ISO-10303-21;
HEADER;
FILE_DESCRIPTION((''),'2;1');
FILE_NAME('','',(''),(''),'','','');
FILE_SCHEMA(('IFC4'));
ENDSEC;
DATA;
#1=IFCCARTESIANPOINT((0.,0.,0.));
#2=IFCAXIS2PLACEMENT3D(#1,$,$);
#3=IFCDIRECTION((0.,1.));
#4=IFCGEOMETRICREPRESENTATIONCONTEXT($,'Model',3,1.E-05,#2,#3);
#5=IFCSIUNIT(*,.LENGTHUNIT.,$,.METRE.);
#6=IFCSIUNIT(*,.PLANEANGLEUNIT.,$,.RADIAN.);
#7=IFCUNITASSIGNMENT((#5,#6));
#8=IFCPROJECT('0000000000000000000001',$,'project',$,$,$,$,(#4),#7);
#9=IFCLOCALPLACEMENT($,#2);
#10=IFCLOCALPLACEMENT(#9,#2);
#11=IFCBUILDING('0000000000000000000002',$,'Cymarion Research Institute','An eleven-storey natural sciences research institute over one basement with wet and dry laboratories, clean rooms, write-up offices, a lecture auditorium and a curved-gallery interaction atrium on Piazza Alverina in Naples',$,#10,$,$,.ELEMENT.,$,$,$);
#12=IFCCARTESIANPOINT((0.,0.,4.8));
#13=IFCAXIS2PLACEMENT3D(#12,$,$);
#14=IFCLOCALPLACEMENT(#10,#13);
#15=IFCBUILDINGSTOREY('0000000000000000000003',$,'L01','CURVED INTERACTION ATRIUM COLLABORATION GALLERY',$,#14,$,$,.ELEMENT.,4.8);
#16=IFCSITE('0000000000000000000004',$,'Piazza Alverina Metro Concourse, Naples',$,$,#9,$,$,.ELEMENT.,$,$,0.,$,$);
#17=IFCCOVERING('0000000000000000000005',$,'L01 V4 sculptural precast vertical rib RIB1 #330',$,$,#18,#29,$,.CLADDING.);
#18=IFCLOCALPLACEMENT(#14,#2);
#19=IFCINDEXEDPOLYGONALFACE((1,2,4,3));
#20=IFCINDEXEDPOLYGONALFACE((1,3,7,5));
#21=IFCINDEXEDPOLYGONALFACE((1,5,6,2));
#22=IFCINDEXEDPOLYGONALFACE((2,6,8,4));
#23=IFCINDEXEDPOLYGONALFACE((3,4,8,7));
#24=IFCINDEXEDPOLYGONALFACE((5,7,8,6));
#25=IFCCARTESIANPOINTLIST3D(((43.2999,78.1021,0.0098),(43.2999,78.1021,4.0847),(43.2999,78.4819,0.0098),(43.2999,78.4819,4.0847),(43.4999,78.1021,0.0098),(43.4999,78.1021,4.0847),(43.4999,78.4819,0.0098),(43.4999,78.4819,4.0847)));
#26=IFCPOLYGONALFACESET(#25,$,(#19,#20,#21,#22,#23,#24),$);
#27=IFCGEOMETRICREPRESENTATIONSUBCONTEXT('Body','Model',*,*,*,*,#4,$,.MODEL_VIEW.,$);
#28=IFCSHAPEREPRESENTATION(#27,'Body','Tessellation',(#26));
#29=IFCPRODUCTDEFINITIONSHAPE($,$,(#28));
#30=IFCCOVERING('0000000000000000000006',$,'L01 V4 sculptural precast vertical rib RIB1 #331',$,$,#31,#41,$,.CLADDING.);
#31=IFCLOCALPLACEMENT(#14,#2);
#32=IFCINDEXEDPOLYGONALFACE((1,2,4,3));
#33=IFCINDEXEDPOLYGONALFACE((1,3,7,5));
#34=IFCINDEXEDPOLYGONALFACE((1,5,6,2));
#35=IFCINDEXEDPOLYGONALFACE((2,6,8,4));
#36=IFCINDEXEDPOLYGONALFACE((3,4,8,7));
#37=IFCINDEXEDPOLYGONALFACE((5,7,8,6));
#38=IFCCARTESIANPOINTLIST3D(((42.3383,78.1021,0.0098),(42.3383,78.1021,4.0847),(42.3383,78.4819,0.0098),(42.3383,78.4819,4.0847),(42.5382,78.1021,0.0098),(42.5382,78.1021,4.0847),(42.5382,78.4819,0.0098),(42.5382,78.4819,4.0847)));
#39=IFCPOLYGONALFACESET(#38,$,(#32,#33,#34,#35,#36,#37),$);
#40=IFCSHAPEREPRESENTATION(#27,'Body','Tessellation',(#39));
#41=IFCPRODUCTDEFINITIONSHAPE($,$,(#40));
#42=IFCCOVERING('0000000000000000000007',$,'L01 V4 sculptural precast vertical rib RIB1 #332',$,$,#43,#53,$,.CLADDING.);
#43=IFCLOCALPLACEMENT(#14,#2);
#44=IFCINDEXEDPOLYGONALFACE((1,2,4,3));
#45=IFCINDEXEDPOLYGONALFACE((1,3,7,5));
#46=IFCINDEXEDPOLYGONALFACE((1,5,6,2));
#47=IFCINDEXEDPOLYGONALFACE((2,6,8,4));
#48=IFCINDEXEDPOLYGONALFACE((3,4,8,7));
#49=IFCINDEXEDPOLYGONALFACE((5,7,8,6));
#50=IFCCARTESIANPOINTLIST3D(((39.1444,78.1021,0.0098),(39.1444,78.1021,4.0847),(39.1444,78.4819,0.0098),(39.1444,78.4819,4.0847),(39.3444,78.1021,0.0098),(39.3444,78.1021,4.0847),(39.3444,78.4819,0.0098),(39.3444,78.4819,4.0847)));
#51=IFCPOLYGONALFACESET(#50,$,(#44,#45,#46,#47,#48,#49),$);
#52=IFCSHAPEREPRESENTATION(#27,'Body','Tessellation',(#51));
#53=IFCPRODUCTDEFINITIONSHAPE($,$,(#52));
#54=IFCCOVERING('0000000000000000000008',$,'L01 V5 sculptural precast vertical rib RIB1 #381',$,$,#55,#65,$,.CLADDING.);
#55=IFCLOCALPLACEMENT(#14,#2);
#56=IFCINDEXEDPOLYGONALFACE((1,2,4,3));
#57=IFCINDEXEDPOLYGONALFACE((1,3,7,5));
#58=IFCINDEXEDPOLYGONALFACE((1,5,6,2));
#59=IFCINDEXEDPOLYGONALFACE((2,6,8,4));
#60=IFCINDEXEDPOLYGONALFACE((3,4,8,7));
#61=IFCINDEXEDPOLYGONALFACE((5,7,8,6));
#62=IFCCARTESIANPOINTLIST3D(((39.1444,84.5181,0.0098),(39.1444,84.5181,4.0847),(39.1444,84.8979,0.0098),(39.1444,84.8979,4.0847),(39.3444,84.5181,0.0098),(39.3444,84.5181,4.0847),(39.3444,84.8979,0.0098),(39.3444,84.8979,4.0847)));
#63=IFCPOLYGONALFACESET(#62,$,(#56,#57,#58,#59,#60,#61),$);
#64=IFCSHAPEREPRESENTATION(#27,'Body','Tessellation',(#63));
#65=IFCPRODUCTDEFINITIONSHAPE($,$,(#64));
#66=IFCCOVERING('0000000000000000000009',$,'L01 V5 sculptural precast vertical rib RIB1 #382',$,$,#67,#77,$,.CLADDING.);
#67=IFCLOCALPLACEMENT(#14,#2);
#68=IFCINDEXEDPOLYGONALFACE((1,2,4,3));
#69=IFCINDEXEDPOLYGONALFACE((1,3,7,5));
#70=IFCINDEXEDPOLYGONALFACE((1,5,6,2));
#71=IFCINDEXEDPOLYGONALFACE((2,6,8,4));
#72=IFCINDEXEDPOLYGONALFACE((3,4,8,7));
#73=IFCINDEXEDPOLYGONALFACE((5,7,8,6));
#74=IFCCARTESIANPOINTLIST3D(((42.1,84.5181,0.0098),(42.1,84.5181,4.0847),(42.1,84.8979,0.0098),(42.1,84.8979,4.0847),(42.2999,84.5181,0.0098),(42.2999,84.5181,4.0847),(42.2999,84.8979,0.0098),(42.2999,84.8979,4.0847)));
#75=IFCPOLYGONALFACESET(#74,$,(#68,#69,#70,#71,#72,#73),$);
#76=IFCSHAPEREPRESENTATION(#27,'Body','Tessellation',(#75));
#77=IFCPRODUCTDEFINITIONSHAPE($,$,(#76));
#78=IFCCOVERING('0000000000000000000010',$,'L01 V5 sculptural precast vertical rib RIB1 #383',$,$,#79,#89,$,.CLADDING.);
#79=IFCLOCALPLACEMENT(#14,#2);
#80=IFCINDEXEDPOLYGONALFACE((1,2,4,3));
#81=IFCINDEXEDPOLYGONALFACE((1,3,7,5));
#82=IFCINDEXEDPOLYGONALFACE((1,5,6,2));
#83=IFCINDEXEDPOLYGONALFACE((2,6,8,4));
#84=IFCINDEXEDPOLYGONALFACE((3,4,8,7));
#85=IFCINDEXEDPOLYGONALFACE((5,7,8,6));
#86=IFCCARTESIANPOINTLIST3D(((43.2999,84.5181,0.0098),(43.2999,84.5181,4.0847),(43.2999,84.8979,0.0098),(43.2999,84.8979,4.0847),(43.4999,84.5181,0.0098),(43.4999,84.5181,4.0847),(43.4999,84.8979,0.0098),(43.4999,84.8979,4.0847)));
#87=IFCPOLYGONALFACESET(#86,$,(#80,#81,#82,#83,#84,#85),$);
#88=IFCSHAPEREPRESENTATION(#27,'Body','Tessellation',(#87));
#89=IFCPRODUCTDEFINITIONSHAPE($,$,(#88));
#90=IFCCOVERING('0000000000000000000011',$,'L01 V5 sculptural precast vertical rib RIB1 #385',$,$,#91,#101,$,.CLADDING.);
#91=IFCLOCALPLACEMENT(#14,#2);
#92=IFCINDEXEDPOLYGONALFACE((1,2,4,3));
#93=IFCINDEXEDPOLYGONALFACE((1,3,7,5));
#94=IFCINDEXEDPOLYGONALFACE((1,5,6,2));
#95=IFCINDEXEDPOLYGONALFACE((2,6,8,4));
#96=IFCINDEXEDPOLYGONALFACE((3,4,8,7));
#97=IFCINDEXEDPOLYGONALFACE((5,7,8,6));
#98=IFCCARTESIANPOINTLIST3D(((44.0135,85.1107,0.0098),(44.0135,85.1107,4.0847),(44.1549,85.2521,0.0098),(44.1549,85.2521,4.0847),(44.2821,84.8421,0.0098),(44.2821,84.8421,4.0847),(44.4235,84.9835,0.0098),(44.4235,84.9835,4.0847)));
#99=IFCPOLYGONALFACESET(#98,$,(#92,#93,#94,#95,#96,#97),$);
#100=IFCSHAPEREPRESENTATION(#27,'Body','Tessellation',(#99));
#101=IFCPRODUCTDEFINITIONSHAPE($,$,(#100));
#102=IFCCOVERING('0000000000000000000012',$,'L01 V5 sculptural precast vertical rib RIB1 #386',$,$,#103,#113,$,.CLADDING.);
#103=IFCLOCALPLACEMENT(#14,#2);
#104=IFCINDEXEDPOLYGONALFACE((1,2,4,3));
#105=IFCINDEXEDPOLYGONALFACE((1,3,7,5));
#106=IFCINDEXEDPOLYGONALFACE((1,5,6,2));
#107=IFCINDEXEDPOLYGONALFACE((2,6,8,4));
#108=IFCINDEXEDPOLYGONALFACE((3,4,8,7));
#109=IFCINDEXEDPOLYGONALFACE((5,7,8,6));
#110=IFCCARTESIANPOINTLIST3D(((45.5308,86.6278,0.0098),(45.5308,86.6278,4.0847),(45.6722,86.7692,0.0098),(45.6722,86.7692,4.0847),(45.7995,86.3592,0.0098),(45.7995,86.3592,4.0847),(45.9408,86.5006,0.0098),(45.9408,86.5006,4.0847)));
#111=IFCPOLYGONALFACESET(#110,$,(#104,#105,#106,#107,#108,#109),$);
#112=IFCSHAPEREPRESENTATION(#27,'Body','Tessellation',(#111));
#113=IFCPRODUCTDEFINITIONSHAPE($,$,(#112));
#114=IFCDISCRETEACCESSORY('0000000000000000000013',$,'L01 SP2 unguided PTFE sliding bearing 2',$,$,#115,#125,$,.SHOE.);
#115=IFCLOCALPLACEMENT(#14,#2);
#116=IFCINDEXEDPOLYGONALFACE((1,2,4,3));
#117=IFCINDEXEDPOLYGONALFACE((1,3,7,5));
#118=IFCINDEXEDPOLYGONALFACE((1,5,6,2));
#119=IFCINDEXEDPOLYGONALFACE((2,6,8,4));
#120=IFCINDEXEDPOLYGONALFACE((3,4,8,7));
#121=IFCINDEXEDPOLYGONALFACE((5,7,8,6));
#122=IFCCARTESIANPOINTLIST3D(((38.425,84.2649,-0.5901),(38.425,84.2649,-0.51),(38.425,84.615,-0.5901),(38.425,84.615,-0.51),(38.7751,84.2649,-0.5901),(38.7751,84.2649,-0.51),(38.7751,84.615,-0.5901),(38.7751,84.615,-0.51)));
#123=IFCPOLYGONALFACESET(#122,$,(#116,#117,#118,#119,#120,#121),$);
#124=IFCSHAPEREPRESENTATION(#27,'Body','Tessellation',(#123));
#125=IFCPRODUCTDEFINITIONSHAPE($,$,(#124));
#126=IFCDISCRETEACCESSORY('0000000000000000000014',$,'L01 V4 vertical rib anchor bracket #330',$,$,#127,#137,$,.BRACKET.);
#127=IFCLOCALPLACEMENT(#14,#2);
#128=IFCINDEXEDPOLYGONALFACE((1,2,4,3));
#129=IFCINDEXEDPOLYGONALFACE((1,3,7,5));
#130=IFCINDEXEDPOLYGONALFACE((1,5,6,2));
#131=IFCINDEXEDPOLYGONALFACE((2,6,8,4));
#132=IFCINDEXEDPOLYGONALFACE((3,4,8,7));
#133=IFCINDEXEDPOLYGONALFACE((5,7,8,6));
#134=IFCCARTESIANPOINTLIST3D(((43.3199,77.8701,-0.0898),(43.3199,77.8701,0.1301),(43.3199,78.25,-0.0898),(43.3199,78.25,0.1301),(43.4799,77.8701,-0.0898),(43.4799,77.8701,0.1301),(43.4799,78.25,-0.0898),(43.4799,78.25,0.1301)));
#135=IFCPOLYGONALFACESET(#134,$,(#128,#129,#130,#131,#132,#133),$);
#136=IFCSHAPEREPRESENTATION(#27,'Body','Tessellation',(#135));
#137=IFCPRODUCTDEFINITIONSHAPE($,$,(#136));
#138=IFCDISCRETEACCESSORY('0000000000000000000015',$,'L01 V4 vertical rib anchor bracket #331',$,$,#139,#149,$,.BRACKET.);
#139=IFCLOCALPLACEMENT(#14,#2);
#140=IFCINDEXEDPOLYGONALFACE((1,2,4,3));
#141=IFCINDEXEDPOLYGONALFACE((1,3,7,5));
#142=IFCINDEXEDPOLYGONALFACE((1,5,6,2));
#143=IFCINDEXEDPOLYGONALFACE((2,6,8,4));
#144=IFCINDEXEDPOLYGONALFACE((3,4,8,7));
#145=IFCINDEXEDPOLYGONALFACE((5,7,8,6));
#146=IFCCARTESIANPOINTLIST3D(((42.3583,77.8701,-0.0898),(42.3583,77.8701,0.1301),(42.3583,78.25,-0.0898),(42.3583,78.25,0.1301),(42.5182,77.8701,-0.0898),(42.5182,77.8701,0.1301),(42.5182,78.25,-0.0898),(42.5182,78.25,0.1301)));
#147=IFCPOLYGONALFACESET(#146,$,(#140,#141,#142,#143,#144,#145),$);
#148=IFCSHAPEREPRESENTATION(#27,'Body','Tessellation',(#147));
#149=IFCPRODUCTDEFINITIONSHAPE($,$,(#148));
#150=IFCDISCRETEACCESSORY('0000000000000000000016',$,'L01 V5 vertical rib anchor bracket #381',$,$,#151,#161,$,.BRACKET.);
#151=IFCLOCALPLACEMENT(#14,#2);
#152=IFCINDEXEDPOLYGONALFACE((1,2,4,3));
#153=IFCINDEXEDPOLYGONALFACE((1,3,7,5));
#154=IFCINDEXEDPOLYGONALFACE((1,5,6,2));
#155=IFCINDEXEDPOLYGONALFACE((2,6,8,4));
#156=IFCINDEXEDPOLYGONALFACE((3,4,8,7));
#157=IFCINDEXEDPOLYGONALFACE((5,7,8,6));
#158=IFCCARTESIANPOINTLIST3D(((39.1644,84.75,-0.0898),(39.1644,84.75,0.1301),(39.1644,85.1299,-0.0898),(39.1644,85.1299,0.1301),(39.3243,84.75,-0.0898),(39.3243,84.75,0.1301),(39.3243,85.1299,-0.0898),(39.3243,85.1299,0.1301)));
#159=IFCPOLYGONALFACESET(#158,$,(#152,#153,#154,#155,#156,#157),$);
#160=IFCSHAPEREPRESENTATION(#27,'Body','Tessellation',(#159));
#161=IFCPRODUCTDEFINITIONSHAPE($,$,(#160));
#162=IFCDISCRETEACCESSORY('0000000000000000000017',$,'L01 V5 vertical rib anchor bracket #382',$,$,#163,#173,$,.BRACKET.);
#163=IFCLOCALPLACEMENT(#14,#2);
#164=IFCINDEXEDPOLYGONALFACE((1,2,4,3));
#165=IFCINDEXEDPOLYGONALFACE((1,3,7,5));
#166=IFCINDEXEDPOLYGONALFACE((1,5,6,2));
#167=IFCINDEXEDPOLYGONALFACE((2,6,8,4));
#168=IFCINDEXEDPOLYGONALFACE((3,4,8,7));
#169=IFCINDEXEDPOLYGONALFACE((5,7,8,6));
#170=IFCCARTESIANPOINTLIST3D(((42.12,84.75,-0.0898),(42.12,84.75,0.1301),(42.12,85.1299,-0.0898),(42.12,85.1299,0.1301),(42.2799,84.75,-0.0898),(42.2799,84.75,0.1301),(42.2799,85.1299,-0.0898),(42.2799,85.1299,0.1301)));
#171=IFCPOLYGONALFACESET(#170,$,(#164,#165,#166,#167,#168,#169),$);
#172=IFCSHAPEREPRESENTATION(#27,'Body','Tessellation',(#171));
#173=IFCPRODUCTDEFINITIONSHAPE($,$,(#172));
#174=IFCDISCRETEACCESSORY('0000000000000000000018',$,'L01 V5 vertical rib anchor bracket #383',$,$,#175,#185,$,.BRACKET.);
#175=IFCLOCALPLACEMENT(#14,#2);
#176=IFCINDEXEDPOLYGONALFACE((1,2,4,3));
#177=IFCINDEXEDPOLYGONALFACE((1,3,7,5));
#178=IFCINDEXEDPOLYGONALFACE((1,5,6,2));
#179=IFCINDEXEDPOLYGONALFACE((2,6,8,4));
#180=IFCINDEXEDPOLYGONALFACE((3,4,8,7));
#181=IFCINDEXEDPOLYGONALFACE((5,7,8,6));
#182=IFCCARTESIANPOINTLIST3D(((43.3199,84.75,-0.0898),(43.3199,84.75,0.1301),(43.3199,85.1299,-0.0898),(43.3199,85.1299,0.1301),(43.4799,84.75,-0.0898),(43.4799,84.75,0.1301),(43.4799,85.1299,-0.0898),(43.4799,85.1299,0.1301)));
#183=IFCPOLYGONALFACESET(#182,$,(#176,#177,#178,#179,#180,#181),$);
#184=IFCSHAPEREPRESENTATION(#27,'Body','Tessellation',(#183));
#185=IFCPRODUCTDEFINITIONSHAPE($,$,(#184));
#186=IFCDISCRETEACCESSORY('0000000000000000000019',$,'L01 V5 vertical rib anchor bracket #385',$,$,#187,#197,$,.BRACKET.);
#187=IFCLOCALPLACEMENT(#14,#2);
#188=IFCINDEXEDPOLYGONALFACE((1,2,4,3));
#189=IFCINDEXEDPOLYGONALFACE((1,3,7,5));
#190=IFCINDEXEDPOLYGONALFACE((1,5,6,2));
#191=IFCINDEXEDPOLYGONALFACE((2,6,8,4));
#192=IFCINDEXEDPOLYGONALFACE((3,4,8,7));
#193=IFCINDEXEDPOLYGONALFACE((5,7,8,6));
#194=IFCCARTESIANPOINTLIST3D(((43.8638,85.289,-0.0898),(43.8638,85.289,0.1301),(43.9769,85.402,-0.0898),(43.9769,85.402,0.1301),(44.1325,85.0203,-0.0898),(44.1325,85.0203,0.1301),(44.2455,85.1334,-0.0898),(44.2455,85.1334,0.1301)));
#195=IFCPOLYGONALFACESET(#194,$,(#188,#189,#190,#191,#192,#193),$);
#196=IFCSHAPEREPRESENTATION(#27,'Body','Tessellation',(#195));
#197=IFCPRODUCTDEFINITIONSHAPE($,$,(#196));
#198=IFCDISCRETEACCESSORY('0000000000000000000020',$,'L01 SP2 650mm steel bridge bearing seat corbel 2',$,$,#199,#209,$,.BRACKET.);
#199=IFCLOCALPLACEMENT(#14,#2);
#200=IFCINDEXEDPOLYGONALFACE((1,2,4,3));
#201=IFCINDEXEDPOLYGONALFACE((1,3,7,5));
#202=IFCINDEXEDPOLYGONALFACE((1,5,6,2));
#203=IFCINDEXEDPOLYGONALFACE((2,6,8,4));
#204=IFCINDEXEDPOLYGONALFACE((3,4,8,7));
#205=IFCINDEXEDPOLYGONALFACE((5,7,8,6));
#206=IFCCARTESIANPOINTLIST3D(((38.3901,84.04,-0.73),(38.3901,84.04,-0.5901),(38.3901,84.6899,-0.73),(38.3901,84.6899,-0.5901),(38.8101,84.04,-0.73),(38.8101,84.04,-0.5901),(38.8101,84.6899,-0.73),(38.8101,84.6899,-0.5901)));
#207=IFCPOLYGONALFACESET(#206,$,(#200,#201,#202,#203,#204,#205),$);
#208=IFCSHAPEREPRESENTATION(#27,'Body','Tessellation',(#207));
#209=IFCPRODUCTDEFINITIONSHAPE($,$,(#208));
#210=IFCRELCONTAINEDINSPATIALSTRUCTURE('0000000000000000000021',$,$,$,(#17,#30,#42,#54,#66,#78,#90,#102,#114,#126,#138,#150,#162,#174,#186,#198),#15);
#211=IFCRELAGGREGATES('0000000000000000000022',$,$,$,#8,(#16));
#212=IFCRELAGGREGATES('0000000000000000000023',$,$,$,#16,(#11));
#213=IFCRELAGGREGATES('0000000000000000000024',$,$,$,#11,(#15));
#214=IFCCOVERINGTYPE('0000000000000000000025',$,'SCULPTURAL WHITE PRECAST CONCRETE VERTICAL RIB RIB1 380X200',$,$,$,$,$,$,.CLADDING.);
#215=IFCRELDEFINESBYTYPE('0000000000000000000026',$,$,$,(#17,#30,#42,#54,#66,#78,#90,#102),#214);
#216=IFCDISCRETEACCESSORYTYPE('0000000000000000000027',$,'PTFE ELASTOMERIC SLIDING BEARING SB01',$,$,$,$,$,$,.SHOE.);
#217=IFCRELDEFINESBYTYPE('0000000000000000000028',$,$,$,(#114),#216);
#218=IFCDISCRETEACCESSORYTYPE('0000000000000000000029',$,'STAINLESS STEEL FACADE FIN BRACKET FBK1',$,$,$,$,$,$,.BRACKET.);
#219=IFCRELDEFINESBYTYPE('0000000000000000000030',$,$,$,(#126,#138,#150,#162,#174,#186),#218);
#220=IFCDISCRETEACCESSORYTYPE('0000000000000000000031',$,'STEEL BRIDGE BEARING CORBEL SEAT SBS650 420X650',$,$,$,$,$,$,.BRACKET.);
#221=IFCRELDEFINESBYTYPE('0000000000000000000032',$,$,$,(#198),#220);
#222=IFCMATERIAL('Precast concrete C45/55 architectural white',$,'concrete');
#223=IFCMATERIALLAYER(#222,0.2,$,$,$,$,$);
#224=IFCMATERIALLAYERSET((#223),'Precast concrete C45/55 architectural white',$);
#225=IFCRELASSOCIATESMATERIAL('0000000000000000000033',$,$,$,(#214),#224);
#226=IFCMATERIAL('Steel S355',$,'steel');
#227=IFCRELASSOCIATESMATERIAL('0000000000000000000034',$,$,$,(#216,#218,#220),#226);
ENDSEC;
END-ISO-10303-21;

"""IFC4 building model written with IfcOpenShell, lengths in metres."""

from ifc_helpers import new_model, si_unit, direction, frame, origin, origin_2d, place, context, subcontext, project, spatial, rectangle, extrude, material, layer, layer_set, type_object, element, save


model = new_model("IFC4")

# Units and contexts
model_context = context("Model", 3, precision=1e-05, world=origin(), true_north=direction((0.0, 1.0)))
body_context = subcontext(model_context, "Body", "Model", "MODEL_VIEW")
ifc_project = project(units=[si_unit("LENGTHUNIT", "METRE"), si_unit("PLANEANGLEUNIT", "RADIAN")], contexts=[model_context])

# Site, building, storey
site_placement = place(None, origin())
site = spatial("IfcSite", under=ifc_project, at=site_placement, Name="Piazza Alverina Metro Concourse, Naples", CompositionType="ELEMENT", RefElevation=0.0)
building_placement = place(site_placement, origin())
building = spatial("IfcBuilding", under=site, at=building_placement, Name="Cymarion Research Institute", Description="An eleven-storey natural sciences research institute over one basement with wet and dry laboratories, clean rooms, write-up offices, a lecture auditorium and a curved-gallery interaction atrium on Piazza Alverina in Naples", CompositionType="ELEMENT")
storey_placement = place(building_placement, frame((0.0, 0.0, 4.8)))
storey = spatial("IfcBuildingStorey", under=building, at=storey_placement, Name="L01", Description="CURVED INTERACTION ATRIUM COLLABORATION GALLERY", CompositionType="ELEMENT", Elevation=4.8)

# Shared definitions
ifc_material_1 = material(Name="Steel S355", Category="steel")

# Coverings
ifc_material_2 = material(Name="Precast concrete C45/55 architectural white", Category="concrete")
ifc_layer_1 = layer(ifc_material_2, 0.2)
ifc_layer_set_1 = layer_set([ifc_layer_1], Name="Precast concrete C45/55 architectural white")
covering_type = type_object("IfcCoveringType", Name="SCULPTURAL WHITE PRECAST CONCRETE VERTICAL RIB RIB1 380X200", PredefinedType="CLADDING", material=ifc_layer_set_1)
for number, where, z_axis, x_axis, name in (
    (1, (43.3999, 78.292, 0.0098), (0.0, 0.0, 1.0), (0.0, 1.0, 0.0), "L01 V4 sculptural precast vertical rib RIB1 #330"),
    (2, (42.4382, 78.292, 0.0098), (0.0, 0.0, 1.0), (0.0, 1.0, 0.0), "L01 V4 sculptural precast vertical rib RIB1 #331"),
    (3, (39.2444, 78.292, 0.0098), (0.0, 0.0, 1.0), (0.0, 1.0, 0.0), "L01 V4 sculptural precast vertical rib RIB1 #332"),
    (4, (39.2444, 84.708, 0.0098), (0.0, 0.0, 1.0), (0.0, -1.0, 0.0), "L01 V5 sculptural precast vertical rib RIB1 #381"),
    (5, (42.2, 84.708, 0.0098), (0.0, 0.0, 1.0), (0.0, -1.0, 0.0), "L01 V5 sculptural precast vertical rib RIB1 #382"),
    (6, (43.3999, 84.708, 0.0098), (0.0, 0.0, 1.0), (0.0, -1.0, 0.0), "L01 V5 sculptural precast vertical rib RIB1 #383"),
    (7, (44.2185, 85.0471, 0.0098), (0.0, 0.0, 1.0), (0.707107, -0.707107, 0.0), "L01 V5 sculptural precast vertical rib RIB1 #385"),
    (8, (45.7358, 86.5642, 0.0098), (0.0, 0.0, 1.0), (0.707107, -0.707107, 0.0), "L01 V5 sculptural precast vertical rib RIB1 #386"),
):
    element("IfcCovering", number, at=place(storey_placement, frame(where, z_axis=z_axis, x_axis=x_axis)), inside=storey, type_object=covering_type, Name=name, PredefinedType="CLADDING", context=body_context, shape_type="SweptSolid", body=[
        extrude(rectangle(XDim=0.3799, YDim=0.2, at=origin_2d()), origin(), (0.0, 0.0, 1.0), 4.075),
    ])

# Discrete accessories
discrete_accessory_type_1 = type_object("IfcDiscreteAccessoryType", Name="PTFE ELASTOMERIC SLIDING BEARING SB01", PredefinedType="SHOE", material=ifc_material_1)
discrete_accessory_1_placement = place(storey_placement, frame((38.6001, 84.4399, -0.5901), z_axis=(0.0, 0.0, 1.0), x_axis=(1.0, 0.0, 0.0)))
element("IfcDiscreteAccessory", 9, at=discrete_accessory_1_placement, inside=storey, type_object=discrete_accessory_type_1, Name="L01 SP2 unguided PTFE sliding bearing 2", PredefinedType="SHOE", context=body_context, shape_type="SweptSolid", body=[
    extrude(rectangle(XDim=0.3501, YDim=0.3501, at=origin_2d()), origin(), (0.0, 0.0, 1.0), 0.0801),
])
discrete_accessory_type_2 = type_object("IfcDiscreteAccessoryType", Name="STAINLESS STEEL FACADE FIN BRACKET FBK1", PredefinedType="BRACKET", material=ifc_material_1)
for number, where, z_axis, x_axis, name in (
    (10, (43.3999, 78.0601, -0.0898), (0.0, 0.0, 1.0), (0.0, 1.0, 0.0), "L01 V4 vertical rib anchor bracket #330"),
    (11, (42.4382, 78.0601, -0.0898), (0.0, 0.0, 1.0), (0.0, 1.0, 0.0), "L01 V4 vertical rib anchor bracket #331"),
    (12, (39.2444, 84.9399, -0.0898), (0.0, 0.0, 1.0), (0.0, -1.0, 0.0), "L01 V5 vertical rib anchor bracket #381"),
    (13, (42.2, 84.9399, -0.0898), (0.0, 0.0, 1.0), (0.0, -1.0, 0.0), "L01 V5 vertical rib anchor bracket #382"),
    (14, (43.3999, 84.9399, -0.0898), (0.0, 0.0, 1.0), (0.0, -1.0, 0.0), "L01 V5 vertical rib anchor bracket #383"),
    (15, (44.0547, 85.2112, -0.0898), (0.0, 0.0, 1.0), (0.707107, -0.707107, 0.0), "L01 V5 vertical rib anchor bracket #385"),
):
    element("IfcDiscreteAccessory", number, at=place(storey_placement, frame(where, z_axis=z_axis, x_axis=x_axis)), inside=storey, type_object=discrete_accessory_type_2, Name=name, PredefinedType="BRACKET", context=body_context, shape_type="SweptSolid", body=[
        extrude(rectangle(XDim=0.3799, YDim=0.1599, at=origin_2d()), origin(), (0.0, 0.0, 1.0), 0.22),
    ])
discrete_accessory_type_3 = type_object("IfcDiscreteAccessoryType", Name="STEEL BRIDGE BEARING CORBEL SEAT SBS650 420X650", PredefinedType="BRACKET", material=ifc_material_1)
discrete_accessory_2_placement = place(storey_placement, frame((38.6001, 84.365, -0.73), z_axis=(0.0, 0.0, 1.0), x_axis=(1.0, 0.0, 0.0)))
element("IfcDiscreteAccessory", 16, at=discrete_accessory_2_placement, inside=storey, type_object=discrete_accessory_type_3, Name="L01 SP2 650mm steel bridge bearing seat corbel 2", PredefinedType="BRACKET", context=body_context, shape_type="SweptSolid", body=[
    extrude(rectangle(XDim=0.4199, YDim=0.6499, at=origin_2d()), origin(), (0.0, 0.0, 1.0), 0.1399),
])

save(model, "model.ifc")
